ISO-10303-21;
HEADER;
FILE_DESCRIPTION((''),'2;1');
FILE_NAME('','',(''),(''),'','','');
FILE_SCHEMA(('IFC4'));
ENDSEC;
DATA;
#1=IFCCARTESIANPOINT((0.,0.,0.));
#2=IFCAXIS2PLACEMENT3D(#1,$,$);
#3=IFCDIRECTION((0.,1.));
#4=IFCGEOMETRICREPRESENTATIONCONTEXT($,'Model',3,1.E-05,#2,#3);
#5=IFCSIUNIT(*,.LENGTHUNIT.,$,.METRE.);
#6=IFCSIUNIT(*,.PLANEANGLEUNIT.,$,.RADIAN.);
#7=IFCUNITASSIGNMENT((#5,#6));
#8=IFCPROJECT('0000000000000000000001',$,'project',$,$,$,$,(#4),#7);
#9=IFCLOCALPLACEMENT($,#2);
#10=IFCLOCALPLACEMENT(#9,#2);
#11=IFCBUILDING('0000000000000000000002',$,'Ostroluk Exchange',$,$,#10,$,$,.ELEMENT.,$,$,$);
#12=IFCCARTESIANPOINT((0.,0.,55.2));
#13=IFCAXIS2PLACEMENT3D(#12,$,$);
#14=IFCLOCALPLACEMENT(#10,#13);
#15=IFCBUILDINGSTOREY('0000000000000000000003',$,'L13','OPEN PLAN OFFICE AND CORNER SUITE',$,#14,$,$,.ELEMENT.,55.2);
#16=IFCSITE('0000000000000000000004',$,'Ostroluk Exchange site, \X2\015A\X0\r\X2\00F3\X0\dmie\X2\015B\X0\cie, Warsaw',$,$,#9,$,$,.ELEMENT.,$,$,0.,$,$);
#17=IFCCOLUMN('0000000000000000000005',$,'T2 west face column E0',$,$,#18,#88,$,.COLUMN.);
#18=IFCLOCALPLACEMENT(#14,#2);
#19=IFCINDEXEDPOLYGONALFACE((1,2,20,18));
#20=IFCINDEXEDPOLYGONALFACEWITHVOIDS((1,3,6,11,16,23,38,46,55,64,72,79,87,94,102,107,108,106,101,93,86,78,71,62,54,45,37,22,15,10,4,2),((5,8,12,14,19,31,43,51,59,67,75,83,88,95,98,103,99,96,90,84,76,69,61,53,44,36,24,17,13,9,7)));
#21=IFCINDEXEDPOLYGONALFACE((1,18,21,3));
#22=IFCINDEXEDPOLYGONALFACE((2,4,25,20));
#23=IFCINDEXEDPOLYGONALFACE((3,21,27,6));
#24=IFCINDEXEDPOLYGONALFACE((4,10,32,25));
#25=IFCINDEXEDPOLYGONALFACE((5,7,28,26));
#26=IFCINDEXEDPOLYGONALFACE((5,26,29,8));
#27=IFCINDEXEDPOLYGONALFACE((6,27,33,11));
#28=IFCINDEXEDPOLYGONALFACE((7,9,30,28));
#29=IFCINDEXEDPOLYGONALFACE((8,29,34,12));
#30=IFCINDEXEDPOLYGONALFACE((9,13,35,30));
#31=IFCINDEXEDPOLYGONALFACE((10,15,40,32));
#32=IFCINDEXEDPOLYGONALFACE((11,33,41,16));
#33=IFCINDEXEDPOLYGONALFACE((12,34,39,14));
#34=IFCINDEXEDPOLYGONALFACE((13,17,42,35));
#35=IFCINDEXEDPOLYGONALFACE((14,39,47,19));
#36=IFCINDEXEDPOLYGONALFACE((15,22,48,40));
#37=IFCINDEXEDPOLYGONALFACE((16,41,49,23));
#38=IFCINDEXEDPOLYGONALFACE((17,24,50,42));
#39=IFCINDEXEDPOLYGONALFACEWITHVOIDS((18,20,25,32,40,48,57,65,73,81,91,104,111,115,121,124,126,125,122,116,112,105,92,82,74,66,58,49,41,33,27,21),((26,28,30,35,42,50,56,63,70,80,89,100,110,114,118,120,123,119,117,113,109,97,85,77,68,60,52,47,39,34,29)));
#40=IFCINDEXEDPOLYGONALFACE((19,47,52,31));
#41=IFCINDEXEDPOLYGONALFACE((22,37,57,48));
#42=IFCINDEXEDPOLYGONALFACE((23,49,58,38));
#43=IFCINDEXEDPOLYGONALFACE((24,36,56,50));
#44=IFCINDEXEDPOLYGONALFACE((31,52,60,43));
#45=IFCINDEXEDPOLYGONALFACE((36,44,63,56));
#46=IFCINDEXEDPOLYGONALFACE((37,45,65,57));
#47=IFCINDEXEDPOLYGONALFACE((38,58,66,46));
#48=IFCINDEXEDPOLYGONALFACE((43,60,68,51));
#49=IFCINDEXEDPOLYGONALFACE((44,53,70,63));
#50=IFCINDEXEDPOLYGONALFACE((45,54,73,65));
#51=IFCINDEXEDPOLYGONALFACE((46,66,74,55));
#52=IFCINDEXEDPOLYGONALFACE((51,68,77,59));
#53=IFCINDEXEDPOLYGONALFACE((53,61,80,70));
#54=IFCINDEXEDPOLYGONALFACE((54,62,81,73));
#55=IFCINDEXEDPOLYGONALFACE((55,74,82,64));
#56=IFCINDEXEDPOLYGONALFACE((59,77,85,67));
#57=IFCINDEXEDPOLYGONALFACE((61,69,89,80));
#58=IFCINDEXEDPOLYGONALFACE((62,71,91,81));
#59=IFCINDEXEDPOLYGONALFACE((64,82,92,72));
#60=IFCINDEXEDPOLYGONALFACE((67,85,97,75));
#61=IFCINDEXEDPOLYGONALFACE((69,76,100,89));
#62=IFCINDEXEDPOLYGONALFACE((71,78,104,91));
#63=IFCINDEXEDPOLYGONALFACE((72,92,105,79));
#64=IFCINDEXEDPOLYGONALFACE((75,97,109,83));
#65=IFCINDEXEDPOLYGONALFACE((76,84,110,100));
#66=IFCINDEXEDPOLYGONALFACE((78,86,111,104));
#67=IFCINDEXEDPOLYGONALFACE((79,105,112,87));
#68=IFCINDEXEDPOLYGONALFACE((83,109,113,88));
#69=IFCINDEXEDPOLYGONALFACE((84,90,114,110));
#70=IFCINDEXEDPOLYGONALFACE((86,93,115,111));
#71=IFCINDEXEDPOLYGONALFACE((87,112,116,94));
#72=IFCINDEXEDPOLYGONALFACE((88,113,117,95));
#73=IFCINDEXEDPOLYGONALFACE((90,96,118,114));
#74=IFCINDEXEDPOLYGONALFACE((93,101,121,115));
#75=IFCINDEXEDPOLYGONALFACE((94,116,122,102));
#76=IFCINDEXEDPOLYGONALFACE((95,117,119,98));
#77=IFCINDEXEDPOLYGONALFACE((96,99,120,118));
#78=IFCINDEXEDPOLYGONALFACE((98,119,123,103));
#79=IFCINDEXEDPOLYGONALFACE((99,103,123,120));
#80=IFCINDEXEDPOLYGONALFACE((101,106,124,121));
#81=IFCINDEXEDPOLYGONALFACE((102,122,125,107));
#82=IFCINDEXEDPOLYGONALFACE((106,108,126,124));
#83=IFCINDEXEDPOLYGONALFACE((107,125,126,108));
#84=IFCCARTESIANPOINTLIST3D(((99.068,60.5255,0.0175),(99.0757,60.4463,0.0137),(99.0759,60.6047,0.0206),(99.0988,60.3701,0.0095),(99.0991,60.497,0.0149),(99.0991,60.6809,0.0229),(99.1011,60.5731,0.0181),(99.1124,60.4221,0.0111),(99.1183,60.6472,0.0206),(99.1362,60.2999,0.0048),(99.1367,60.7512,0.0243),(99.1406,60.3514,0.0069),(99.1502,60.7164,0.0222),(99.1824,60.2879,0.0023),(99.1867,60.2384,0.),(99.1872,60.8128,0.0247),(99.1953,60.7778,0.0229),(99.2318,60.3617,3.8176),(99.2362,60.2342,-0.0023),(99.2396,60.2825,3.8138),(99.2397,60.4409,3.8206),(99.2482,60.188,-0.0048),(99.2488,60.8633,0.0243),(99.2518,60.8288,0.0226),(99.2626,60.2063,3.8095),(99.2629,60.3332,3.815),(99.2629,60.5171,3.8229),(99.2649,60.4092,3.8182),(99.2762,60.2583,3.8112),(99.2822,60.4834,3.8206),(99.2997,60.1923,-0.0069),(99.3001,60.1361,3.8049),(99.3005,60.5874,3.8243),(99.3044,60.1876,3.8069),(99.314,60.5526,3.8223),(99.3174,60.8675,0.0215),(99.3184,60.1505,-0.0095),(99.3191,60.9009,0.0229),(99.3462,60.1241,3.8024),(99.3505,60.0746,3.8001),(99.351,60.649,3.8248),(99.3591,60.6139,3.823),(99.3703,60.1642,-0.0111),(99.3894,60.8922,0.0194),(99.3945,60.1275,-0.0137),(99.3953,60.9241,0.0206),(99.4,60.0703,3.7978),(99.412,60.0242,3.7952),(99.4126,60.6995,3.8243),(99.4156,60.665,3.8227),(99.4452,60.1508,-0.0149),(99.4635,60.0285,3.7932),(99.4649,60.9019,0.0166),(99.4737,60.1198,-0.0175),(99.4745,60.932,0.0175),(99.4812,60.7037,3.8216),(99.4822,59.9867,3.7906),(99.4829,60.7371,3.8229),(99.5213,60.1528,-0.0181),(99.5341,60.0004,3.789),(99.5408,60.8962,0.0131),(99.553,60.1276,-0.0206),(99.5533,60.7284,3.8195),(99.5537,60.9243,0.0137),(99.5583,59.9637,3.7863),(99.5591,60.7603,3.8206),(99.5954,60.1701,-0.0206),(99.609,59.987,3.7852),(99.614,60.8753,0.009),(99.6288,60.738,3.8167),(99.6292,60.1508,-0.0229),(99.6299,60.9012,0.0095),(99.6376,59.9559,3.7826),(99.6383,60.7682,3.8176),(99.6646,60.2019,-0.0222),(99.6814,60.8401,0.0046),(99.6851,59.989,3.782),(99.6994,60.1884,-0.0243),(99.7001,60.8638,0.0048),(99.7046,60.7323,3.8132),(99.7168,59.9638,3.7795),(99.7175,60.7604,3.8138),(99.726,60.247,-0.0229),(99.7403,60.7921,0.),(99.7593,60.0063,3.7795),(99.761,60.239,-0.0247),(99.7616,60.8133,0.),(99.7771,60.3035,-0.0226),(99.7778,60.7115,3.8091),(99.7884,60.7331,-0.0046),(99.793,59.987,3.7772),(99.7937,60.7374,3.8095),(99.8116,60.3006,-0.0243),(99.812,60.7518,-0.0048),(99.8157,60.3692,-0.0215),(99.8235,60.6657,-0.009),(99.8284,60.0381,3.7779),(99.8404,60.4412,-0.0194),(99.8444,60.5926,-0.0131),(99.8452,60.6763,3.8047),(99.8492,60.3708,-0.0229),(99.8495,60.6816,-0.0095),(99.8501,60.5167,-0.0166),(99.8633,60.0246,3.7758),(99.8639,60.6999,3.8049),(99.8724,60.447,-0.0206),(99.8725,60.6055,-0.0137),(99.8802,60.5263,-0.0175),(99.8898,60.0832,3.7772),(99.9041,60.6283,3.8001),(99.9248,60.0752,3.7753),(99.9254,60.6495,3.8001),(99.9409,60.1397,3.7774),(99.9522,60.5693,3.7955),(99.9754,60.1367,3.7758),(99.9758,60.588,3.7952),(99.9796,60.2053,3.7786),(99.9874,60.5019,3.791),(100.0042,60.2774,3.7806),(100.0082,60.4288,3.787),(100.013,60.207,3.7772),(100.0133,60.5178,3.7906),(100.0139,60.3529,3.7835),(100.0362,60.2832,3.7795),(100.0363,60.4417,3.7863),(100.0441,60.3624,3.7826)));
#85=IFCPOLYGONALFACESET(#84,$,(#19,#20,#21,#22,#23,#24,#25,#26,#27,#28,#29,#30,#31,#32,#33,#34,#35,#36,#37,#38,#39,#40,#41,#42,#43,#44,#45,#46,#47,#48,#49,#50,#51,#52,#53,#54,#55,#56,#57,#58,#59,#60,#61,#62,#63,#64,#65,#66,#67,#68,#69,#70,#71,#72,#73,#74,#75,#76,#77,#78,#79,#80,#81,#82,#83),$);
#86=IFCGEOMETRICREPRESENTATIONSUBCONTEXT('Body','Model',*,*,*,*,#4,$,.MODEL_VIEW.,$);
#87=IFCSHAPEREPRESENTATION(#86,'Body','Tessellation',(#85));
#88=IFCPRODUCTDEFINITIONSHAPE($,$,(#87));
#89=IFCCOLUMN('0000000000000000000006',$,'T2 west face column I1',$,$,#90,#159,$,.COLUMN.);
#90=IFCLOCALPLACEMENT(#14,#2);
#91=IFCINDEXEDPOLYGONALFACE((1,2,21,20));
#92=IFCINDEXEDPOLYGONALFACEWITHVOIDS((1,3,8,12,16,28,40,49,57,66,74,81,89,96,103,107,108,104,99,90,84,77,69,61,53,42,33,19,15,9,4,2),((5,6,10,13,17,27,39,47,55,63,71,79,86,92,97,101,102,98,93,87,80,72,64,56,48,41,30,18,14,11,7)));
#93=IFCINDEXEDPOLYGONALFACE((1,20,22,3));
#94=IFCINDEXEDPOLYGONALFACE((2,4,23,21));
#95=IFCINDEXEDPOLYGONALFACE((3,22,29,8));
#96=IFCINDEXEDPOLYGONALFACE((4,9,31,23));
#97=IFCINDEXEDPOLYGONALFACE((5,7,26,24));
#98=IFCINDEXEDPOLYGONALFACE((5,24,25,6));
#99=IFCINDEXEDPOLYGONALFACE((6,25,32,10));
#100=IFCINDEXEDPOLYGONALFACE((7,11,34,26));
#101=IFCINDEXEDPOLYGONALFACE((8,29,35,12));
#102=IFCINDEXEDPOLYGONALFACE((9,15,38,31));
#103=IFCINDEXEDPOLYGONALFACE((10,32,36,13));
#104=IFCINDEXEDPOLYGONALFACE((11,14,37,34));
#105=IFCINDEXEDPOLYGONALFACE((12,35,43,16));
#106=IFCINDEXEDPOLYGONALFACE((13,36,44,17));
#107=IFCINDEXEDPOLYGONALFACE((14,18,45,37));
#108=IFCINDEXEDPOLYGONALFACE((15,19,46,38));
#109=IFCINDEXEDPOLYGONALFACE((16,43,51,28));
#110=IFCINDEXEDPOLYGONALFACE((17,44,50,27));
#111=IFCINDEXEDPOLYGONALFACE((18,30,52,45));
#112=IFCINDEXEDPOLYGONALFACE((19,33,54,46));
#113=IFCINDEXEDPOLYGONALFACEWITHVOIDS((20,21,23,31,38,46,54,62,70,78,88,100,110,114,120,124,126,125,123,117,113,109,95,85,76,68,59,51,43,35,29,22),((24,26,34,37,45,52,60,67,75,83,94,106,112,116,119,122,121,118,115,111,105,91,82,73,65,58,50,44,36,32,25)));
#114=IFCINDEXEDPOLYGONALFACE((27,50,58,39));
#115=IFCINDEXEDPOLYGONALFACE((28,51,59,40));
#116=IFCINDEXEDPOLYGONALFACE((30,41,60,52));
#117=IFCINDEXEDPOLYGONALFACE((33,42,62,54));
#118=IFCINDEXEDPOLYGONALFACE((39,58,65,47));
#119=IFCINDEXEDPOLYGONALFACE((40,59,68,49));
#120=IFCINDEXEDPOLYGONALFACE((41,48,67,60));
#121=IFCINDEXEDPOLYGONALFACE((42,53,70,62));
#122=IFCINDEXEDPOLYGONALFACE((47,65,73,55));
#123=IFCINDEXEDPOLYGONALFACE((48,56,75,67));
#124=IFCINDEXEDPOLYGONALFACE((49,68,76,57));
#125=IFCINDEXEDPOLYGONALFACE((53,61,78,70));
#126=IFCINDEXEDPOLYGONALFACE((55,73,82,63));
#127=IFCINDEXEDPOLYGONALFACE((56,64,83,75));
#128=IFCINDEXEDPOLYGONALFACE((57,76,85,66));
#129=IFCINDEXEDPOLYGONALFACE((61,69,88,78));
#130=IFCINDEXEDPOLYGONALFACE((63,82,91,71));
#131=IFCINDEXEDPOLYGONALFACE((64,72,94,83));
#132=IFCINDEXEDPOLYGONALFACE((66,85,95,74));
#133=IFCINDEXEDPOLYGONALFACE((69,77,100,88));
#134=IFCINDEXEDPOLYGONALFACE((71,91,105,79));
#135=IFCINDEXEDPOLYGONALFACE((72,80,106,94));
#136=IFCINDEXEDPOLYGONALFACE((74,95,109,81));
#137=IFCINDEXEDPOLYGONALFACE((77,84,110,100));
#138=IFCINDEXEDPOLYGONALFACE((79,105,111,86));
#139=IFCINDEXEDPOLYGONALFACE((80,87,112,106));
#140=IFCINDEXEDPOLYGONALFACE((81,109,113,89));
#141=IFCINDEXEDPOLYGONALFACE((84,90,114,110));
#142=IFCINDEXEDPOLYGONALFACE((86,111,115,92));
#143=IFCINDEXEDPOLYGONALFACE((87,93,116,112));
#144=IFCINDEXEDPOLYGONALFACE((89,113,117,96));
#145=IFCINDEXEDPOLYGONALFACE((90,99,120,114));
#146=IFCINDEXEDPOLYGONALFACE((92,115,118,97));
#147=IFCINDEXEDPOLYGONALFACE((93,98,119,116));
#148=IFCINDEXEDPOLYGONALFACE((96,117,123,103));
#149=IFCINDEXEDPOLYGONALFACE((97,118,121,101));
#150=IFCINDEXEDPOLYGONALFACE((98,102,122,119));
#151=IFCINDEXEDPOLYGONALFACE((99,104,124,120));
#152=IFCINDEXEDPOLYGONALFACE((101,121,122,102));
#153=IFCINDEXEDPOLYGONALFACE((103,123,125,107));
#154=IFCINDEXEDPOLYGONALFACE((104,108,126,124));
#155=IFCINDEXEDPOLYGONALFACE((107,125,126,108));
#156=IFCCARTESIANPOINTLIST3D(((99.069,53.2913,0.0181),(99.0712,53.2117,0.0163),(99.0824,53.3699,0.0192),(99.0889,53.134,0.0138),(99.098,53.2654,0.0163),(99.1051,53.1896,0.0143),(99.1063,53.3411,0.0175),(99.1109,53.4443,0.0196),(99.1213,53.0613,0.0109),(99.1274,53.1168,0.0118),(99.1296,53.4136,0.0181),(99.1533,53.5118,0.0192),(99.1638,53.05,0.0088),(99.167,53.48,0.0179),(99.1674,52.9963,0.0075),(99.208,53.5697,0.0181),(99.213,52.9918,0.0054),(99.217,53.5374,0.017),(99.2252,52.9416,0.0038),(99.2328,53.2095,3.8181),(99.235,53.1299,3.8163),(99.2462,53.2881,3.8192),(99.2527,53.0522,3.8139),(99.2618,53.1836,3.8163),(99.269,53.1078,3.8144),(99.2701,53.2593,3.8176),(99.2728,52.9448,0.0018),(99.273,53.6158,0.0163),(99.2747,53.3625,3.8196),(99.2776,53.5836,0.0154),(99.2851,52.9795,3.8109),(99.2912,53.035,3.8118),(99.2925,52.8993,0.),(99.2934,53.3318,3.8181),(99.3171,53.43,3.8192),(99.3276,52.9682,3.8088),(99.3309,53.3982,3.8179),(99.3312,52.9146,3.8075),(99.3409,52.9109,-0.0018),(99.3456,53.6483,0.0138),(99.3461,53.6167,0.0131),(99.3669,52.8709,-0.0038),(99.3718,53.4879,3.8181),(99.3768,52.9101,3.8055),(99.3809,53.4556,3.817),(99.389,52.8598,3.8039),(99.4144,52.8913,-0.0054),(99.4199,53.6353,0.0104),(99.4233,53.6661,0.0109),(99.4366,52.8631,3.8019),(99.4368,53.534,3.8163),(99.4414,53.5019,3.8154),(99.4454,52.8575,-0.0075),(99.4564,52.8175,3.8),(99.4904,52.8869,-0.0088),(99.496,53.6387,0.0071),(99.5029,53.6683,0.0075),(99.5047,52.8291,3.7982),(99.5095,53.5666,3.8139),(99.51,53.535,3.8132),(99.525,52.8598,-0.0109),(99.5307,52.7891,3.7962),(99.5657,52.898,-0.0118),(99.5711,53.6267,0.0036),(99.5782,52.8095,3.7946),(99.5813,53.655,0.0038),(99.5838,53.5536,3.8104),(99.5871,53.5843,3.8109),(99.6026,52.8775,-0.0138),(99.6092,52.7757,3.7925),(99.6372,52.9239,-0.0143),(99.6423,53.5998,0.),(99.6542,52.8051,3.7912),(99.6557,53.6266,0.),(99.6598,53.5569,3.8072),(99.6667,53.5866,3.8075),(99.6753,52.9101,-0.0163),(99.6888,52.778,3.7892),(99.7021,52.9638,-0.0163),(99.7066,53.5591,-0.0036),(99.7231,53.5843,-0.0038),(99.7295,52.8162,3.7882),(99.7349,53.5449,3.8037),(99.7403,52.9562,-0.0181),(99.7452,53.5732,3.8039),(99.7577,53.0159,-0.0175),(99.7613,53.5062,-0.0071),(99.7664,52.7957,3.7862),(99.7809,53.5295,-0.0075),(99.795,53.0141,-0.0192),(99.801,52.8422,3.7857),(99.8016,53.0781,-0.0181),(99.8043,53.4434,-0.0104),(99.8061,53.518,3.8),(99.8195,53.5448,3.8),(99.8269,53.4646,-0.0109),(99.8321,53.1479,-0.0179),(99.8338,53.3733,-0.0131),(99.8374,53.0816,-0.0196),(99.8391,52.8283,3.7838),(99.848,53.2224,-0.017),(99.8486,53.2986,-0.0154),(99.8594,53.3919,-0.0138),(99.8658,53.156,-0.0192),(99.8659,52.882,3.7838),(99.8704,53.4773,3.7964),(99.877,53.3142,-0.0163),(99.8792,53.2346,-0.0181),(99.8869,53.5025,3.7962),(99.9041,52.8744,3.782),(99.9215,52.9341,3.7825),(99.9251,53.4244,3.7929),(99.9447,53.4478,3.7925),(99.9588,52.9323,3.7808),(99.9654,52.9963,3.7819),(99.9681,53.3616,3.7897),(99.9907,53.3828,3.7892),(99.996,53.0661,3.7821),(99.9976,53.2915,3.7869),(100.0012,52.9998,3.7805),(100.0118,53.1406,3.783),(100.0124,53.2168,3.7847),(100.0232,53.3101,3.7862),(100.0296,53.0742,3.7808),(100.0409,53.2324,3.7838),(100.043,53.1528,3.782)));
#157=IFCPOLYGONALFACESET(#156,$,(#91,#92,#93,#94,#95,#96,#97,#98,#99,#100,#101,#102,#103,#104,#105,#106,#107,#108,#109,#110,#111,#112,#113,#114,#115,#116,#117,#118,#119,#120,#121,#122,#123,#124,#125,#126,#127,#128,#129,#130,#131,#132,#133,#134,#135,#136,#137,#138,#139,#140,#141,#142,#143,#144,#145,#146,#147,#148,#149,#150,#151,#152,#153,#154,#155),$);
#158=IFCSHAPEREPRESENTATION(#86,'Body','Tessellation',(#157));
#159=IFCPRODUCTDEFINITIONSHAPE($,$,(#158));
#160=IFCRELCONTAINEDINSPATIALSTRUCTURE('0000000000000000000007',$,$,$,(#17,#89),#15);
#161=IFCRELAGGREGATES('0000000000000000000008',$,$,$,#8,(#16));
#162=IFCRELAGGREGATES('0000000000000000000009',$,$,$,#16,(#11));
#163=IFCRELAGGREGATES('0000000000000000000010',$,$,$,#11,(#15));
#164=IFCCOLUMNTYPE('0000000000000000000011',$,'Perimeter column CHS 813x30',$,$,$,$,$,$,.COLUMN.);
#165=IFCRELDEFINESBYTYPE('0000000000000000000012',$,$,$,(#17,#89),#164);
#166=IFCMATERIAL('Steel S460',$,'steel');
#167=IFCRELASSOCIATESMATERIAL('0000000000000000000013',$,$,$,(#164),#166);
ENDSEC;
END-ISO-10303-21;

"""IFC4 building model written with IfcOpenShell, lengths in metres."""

from ifc_helpers import new_model, si_unit, direction, frame, origin, origin_2d, place, context, subcontext, project, spatial, hollow_circle, extrude, material, material_profile, profile_set, type_object, element, save


model = new_model("IFC4")

# Units and contexts
model_context = context("Model", 3, precision=1e-05, world=origin(), true_north=direction((0.0, 1.0)))
body_context = subcontext(model_context, "Body", "Model", "MODEL_VIEW")
ifc_project = project(units=[si_unit("LENGTHUNIT", "METRE"), si_unit("PLANEANGLEUNIT", "RADIAN")], contexts=[model_context])

# Site, building, storey
site_placement = place(None, origin())
site = spatial("IfcSite", under=ifc_project, at=site_placement, Name="Ostroluk Exchange site, Śródmieście, Warsaw", CompositionType="ELEMENT", RefElevation=0.0)
building_placement = place(site_placement, origin())
building = spatial("IfcBuilding", under=site, at=building_placement, Name="Ostroluk Exchange", CompositionType="ELEMENT")
storey_placement = place(building_placement, frame((0.0, 0.0, 55.2)))
storey = spatial("IfcBuildingStorey", under=building, at=storey_placement, Name="L13", Description="OPEN PLAN OFFICE AND CORNER SUITE", CompositionType="ELEMENT", Elevation=55.2)

# Columns
ifc_material_1 = material(Name="Steel S460", Category="steel")
ifc_material_profile_1 = material_profile(ifc_material_1, hollow_circle(Radius=0.4065, WallThickness=0.03, at=origin_2d()), Name="CHS 813x30")
ifc_profile_set_1 = profile_set([ifc_material_profile_1], Name="Steel S460")
column_type = type_object("IfcColumnType", Name="Perimeter column CHS 813x30", PredefinedType="COLUMN", material=ifc_profile_set_1)
column_1_placement = place(storey_placement, frame((99.4741, 60.5259, 0.0), z_axis=(0.04303, -0.04303, 0.998147), x_axis=(0.707107, 0.707107, 0.0)))
element("IfcColumn", 1, at=column_1_placement, inside=storey, type_object=column_type, Name="T2 west face column E0", PredefinedType="COLUMN", context=body_context, shape_type="SweptSolid", body=[
    extrude(hollow_circle(Radius=0.4065, WallThickness=0.03, at=origin_2d()), origin(), (0.0, 0.0, 1.0), 3.8071),
])
column_2_placement = place(storey_placement, frame((99.4741, 53.2629, 0.0), z_axis=(0.04306, -0.021498, 0.998841), x_axis=(0.44668, 0.894694, 0.0)))
element("IfcColumn", 2, at=column_2_placement, inside=storey, type_object=column_type, Name="T2 west face column I1", PredefinedType="COLUMN", context=body_context, shape_type="SweptSolid", body=[
    extrude(hollow_circle(Radius=0.4065, WallThickness=0.03, at=origin_2d()), origin(), (0.0, 0.0, 1.0), 3.8044),
])

save(model, "model.ifc")
